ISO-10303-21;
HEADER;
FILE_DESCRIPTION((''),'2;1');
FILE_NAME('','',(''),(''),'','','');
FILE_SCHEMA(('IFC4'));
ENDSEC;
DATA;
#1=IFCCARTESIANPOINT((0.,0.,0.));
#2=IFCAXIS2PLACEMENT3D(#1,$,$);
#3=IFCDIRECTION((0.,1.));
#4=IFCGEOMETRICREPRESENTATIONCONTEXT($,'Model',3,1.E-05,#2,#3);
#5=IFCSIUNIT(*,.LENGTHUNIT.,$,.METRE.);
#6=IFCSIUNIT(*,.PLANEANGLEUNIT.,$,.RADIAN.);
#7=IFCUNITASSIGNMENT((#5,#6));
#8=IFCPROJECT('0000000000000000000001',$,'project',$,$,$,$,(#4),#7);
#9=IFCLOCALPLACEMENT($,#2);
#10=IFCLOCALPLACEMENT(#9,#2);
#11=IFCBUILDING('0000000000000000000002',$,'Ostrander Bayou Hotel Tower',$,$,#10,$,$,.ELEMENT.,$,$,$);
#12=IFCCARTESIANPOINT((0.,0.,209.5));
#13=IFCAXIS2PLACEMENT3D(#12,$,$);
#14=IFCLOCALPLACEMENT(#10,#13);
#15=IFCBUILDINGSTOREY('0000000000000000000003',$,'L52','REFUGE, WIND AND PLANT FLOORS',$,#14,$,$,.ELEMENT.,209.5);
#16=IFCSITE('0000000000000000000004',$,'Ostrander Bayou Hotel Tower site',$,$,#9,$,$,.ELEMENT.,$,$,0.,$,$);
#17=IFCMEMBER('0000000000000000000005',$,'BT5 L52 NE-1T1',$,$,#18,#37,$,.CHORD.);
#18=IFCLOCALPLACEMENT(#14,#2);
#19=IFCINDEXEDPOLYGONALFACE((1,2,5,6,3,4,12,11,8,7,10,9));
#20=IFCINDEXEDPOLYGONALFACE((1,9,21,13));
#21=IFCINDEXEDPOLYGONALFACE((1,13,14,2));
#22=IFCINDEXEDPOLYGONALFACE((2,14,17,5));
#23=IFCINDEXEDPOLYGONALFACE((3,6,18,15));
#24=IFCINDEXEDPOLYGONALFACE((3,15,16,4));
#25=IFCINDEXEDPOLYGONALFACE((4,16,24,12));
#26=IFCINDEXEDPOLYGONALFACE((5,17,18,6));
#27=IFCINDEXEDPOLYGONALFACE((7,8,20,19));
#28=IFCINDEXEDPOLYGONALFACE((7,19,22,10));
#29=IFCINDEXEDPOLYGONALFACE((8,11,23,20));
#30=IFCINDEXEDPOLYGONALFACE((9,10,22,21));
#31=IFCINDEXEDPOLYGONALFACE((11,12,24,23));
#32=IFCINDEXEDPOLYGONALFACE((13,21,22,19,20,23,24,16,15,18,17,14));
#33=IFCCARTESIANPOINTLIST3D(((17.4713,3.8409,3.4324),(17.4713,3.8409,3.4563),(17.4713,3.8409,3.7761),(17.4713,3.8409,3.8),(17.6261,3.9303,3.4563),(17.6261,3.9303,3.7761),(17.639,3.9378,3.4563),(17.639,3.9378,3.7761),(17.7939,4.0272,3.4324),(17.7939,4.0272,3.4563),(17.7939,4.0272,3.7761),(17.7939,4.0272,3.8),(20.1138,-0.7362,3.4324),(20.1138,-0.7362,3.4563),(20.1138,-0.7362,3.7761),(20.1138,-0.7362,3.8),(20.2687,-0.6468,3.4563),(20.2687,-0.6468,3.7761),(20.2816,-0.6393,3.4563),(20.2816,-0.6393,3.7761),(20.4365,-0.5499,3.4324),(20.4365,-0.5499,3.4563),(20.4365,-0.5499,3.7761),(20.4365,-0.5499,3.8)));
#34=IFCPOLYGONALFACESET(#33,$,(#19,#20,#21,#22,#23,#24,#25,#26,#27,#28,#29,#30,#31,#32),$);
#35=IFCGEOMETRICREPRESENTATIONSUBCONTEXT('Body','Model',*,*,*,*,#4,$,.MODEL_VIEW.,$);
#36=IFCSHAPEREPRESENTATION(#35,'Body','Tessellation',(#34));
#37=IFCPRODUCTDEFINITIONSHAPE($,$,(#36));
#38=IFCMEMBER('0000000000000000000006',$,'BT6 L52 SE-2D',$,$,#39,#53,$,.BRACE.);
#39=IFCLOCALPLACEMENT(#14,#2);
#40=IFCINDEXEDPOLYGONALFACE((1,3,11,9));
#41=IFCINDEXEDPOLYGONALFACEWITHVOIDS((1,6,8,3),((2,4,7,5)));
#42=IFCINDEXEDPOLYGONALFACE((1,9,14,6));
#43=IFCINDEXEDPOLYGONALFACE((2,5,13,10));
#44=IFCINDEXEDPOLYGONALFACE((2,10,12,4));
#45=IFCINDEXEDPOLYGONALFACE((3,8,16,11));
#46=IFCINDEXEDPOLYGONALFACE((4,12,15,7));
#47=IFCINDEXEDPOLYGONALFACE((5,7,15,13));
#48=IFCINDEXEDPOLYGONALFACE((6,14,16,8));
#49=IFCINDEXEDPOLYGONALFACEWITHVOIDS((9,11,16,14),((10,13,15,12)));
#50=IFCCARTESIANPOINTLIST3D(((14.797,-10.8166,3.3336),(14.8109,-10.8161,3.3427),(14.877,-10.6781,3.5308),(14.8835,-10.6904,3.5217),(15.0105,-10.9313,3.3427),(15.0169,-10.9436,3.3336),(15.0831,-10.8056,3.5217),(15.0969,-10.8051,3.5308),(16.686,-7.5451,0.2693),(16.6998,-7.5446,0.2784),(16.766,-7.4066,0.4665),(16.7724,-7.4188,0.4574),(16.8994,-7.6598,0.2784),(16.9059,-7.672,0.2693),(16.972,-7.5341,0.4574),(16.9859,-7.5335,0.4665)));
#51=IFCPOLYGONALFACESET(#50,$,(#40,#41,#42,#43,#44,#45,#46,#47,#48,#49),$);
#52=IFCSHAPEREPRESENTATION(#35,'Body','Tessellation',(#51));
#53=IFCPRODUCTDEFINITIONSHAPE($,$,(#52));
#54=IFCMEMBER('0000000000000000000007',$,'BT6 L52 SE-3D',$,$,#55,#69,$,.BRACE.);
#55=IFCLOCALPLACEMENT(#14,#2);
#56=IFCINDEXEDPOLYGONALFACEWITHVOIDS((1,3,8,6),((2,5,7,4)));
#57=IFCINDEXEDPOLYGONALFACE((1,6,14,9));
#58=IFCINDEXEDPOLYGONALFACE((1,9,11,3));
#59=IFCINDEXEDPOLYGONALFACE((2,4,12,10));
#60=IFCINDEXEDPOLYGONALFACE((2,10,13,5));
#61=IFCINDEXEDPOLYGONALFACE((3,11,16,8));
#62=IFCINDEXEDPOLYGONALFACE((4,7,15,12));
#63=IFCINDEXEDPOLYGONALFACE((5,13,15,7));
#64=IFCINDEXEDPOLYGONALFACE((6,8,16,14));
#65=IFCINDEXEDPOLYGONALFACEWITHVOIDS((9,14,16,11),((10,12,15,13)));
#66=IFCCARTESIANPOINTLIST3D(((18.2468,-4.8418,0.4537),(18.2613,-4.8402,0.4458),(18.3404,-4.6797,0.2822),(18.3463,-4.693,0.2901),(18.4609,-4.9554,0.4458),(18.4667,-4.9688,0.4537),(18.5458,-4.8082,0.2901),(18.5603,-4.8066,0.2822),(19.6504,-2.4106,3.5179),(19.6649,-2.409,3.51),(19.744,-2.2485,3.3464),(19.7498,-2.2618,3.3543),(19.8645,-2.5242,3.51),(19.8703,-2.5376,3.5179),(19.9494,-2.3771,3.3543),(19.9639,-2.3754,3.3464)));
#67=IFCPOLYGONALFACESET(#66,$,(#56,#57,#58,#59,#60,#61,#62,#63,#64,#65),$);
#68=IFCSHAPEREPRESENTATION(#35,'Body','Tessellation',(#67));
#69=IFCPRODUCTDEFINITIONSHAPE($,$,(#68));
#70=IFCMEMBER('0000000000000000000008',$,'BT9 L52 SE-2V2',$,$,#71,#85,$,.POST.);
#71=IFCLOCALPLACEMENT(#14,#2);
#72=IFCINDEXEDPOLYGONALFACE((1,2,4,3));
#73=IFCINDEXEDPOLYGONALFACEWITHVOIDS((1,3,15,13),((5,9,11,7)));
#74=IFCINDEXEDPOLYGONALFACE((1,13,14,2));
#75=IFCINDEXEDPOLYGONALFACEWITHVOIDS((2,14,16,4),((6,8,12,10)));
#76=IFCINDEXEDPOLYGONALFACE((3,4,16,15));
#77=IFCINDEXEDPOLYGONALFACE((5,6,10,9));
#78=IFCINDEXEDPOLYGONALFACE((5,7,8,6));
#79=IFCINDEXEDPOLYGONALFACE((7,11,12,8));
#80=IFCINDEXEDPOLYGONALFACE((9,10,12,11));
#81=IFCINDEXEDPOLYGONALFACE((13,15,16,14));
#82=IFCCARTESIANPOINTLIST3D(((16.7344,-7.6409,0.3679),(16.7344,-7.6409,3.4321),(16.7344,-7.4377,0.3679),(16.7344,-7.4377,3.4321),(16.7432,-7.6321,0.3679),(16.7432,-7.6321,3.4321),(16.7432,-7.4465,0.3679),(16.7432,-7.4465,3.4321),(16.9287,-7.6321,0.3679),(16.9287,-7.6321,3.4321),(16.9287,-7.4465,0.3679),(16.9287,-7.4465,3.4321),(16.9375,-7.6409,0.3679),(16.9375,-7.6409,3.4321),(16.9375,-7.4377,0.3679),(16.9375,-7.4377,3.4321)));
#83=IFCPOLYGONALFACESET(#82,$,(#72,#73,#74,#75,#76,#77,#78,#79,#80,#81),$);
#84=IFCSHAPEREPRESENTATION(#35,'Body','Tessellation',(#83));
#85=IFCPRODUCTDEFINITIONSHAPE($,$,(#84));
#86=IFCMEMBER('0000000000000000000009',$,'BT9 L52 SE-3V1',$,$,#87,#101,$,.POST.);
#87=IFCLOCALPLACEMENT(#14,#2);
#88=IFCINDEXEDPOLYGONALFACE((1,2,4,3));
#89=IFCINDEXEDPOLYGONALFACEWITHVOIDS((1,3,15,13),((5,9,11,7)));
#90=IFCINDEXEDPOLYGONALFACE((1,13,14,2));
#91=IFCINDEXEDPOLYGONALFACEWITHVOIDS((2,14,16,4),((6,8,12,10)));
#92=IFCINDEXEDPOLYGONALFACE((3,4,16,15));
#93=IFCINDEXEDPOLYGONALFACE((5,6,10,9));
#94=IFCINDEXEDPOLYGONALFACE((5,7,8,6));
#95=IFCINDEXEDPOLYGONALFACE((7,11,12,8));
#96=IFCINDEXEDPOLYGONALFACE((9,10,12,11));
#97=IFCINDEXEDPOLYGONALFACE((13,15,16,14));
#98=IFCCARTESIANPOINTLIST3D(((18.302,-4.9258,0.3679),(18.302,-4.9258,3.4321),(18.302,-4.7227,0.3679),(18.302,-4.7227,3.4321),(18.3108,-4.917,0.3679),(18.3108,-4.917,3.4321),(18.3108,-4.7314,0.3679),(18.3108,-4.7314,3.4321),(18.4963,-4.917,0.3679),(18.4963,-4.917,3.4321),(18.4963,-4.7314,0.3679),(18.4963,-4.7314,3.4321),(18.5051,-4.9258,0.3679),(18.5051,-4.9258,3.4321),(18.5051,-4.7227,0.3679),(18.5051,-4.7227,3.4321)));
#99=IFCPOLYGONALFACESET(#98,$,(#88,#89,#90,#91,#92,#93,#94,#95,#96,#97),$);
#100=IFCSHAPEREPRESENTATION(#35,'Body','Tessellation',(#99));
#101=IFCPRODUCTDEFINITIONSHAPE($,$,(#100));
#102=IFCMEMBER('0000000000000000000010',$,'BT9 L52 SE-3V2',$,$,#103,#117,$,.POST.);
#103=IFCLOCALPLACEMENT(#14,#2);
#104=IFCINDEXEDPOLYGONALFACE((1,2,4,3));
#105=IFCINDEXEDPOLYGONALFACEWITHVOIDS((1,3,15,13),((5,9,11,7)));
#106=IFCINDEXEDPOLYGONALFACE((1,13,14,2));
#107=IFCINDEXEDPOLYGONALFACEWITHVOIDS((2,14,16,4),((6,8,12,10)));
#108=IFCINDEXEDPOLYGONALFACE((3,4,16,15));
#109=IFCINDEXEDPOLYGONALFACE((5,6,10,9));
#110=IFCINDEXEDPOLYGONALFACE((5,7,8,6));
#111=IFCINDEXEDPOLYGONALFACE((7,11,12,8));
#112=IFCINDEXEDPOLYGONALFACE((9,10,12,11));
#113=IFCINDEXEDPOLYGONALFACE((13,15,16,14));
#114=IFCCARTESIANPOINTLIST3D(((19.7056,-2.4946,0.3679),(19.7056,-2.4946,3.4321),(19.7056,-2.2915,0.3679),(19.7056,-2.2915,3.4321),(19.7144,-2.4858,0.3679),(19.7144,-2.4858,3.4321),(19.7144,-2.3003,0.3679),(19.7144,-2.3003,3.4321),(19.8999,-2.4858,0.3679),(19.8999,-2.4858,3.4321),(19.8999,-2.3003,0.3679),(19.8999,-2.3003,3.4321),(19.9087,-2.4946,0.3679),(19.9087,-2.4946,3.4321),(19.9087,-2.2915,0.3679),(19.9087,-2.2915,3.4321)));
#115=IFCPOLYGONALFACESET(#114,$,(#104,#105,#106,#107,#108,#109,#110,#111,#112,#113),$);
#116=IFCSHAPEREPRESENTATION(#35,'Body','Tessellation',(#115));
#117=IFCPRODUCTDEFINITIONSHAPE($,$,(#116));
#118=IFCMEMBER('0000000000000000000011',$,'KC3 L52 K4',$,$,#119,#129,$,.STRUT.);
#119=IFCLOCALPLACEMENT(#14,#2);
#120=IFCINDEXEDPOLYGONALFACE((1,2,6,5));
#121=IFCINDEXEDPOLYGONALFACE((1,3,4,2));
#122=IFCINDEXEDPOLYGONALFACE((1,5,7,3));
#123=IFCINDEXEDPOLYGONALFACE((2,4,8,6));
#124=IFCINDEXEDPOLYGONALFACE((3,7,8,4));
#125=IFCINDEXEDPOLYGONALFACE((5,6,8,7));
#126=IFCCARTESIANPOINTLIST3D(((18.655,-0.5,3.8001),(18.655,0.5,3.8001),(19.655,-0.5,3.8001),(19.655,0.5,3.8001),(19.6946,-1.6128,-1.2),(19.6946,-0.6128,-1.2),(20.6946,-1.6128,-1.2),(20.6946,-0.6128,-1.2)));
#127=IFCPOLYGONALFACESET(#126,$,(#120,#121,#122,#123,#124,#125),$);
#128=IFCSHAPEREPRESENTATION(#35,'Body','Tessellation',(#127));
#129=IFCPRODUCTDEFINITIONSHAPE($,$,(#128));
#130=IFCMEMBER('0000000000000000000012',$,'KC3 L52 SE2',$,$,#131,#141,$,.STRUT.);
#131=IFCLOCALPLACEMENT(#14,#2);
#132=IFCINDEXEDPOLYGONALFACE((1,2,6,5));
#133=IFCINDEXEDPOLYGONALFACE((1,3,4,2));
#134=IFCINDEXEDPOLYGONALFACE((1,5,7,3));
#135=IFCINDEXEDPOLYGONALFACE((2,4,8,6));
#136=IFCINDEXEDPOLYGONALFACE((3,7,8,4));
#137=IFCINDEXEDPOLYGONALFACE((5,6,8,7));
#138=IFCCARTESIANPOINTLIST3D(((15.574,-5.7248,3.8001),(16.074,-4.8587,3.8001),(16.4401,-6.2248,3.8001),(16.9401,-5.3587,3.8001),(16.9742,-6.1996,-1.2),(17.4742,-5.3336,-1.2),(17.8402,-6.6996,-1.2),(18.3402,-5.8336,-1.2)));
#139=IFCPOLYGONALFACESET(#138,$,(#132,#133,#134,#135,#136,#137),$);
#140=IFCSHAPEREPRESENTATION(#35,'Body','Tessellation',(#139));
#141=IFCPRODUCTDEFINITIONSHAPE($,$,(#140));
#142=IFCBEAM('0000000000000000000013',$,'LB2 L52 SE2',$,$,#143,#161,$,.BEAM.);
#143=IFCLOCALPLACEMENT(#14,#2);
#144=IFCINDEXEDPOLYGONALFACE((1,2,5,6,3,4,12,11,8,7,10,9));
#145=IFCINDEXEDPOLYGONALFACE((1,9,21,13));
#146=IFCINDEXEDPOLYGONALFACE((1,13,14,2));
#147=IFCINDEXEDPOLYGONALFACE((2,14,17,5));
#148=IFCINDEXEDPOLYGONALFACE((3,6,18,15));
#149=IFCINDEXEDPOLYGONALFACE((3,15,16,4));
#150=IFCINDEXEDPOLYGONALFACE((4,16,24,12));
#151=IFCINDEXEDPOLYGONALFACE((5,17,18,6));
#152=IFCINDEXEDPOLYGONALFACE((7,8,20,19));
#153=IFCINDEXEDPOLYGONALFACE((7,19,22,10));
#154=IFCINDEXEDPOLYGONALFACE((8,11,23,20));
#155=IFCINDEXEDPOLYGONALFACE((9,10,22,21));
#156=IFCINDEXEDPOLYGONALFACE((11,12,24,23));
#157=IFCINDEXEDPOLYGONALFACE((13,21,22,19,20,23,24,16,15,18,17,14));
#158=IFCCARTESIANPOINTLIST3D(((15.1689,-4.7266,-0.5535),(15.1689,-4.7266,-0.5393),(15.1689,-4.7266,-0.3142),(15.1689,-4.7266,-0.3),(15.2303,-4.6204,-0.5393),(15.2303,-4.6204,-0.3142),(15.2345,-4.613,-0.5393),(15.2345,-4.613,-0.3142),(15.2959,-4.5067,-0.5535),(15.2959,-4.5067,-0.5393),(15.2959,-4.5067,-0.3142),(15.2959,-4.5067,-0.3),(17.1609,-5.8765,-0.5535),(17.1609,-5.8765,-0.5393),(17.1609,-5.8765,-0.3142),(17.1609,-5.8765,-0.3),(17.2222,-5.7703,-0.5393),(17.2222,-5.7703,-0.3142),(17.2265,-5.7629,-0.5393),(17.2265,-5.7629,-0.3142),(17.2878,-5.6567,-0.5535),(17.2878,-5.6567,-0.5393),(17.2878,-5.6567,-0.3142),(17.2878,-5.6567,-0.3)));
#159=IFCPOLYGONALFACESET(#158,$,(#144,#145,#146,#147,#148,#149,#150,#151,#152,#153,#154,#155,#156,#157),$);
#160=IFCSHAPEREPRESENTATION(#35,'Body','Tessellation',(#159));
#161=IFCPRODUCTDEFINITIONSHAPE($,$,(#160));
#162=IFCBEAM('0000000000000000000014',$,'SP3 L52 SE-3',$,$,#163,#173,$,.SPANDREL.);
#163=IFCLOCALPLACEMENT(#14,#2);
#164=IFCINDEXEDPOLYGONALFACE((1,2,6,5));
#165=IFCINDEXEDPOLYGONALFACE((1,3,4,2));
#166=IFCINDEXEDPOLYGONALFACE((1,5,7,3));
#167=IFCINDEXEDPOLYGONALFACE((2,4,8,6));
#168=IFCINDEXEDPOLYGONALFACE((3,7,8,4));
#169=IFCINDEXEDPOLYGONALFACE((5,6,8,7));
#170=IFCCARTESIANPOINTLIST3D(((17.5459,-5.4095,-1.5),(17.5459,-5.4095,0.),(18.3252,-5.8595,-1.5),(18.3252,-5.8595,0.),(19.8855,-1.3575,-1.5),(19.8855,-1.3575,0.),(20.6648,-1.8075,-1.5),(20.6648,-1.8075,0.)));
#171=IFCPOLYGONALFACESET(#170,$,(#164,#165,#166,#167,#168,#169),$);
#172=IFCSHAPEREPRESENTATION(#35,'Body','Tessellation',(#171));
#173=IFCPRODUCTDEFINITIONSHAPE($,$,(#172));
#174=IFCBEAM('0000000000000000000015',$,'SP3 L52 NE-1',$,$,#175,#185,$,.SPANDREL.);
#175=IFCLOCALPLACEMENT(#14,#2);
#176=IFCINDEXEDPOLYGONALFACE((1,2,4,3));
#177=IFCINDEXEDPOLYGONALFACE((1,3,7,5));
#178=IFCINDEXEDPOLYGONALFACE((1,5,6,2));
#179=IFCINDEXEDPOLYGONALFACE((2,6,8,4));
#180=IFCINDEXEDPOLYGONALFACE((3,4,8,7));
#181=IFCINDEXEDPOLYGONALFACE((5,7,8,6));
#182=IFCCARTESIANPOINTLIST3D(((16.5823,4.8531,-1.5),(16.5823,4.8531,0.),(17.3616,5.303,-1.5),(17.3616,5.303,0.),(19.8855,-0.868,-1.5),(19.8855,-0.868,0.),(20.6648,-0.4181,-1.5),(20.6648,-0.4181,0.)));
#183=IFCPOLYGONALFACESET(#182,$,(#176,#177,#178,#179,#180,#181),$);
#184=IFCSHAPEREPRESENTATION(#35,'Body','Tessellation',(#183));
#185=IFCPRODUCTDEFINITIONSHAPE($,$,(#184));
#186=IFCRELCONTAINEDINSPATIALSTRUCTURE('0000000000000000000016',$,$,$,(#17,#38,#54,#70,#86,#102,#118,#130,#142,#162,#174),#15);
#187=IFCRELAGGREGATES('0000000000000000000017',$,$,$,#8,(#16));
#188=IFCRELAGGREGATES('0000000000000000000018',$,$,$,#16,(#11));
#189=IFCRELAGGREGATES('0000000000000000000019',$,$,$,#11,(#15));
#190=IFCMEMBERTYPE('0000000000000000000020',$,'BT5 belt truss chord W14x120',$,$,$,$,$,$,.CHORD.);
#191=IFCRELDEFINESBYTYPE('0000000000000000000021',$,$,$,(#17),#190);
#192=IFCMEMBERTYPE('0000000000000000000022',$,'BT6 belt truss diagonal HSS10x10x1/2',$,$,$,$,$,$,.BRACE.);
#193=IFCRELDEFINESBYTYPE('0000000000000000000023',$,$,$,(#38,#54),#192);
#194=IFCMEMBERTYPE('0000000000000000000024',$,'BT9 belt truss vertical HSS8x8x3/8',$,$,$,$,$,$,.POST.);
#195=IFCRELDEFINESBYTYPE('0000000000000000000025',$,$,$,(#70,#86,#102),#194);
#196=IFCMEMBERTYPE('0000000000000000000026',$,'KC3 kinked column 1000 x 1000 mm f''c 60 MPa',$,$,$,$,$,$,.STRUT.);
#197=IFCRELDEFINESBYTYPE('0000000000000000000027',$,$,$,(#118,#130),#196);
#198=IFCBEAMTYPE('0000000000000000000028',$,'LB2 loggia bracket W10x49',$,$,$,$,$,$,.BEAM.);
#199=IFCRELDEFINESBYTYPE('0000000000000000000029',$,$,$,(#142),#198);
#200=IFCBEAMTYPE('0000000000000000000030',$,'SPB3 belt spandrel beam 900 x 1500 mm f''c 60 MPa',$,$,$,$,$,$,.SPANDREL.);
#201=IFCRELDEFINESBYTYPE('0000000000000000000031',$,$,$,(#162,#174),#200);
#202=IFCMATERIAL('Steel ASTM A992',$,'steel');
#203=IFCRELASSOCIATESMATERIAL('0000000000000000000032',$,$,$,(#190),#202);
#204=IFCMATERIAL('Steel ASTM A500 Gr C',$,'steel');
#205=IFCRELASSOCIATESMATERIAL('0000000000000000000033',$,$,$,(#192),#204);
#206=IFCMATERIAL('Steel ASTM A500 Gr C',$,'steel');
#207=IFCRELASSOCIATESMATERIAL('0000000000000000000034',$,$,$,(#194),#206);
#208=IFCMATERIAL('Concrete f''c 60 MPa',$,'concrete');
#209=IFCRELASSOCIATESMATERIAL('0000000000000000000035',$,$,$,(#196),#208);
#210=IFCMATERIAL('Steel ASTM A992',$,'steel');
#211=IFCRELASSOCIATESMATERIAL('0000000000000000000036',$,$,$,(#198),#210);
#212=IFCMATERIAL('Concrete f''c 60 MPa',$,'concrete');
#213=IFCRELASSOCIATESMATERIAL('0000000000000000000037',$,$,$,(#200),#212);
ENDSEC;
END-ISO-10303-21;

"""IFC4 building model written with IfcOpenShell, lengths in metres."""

from ifc_helpers import new_model, si_unit, direction, frame, origin, origin_2d, place, context, subcontext, project, spatial, rectangle, hollow_rectangle, i_section, extrude, material, material_profile, profile_set, type_object, element, save


model = new_model("IFC4")

# Units and contexts
model_context = context("Model", 3, precision=1e-05, world=origin(), true_north=direction((0.0, 1.0)))
body_context = subcontext(model_context, "Body", "Model", "MODEL_VIEW")
ifc_project = project(units=[si_unit("LENGTHUNIT", "METRE"), si_unit("PLANEANGLEUNIT", "RADIAN")], contexts=[model_context])

# Site, building, storey
site_placement = place(None, origin())
site = spatial("IfcSite", under=ifc_project, at=site_placement, Name="Ostrander Bayou Hotel Tower site", CompositionType="ELEMENT", RefElevation=0.0)
building_placement = place(site_placement, origin())
building = spatial("IfcBuilding", under=site, at=building_placement, Name="Ostrander Bayou Hotel Tower", CompositionType="ELEMENT")
storey_placement = place(building_placement, frame((0.0, 0.0, 209.5)))
storey = spatial("IfcBuildingStorey", under=building, at=storey_placement, Name="L52", Description="REFUGE, WIND AND PLANT FLOORS", CompositionType="ELEMENT", Elevation=209.5)

# Members
ifc_material_1 = material(Name="Steel ASTM A992", Category="steel")
ifc_material_profile_1 = material_profile(ifc_material_1, i_section(OverallWidth=0.3726, OverallDepth=0.3677, WebThickness=0.0149, FlangeThickness=0.0239, at=origin_2d()))
ifc_profile_set_1 = profile_set([ifc_material_profile_1], Name="Steel ASTM A992")
member_type_1 = type_object("IfcMemberType", Name="BT5 belt truss chord W14x120", PredefinedType="CHORD", material=ifc_profile_set_1)
member_1_placement = place(storey_placement, frame((20.2751, -0.6431, 3.6162), z_axis=(-0.499994, 0.866029, 0.0), x_axis=(-0.866029, -0.499994, 0.0)))
element("IfcMember", 1, at=member_1_placement, inside=storey, type_object=member_type_1, Name="BT5 L52 NE-1T1", PredefinedType="CHORD", context=body_context, shape_type="SweptSolid", body=[
    extrude(i_section(OverallWidth=0.3726, OverallDepth=0.3677, WebThickness=0.0149, FlangeThickness=0.0239, at=origin_2d()), origin(), (0.0, 0.0, 1.0), 5.2852),
])
ifc_material_2 = material(Name="Steel ASTM A500 Gr C", Category="steel")
ifc_material_profile_2 = material_profile(ifc_material_2, hollow_rectangle(XDim=0.2539, YDim=0.2539, WallThickness=0.0117, at=origin_2d()))
ifc_profile_set_2 = profile_set([ifc_material_profile_2], Name="Steel ASTM A500 Gr C")
member_type_2 = type_object("IfcMemberType", Name="BT6 belt truss diagonal HSS10x10x1/2", PredefinedType="BRACE", material=ifc_profile_set_2)
member_2_placement = place(storey_placement, frame((16.8359, -7.5393, 0.3679), z_axis=(-0.388334, -0.67257, 0.629957), x_axis=(0.866011, -0.500025, 0.0)))
element("IfcMember", 2, at=member_2_placement, inside=storey, type_object=member_type_2, Name="BT6 L52 SE-2D", PredefinedType="BRACE", context=body_context, shape_type="SweptSolid", body=[
    extrude(hollow_rectangle(XDim=0.2539, YDim=0.2539, WallThickness=0.0117, at=origin_2d()), origin(), (0.0, 0.0, 1.0), 4.8643),
])
member_3_placement = place(storey_placement, frame((18.4036, -4.8242, 0.3679), z_axis=(0.337744, 0.585016, 0.73735), x_axis=(-0.866035, 0.499983, 0.0)))
element("IfcMember", 3, at=member_3_placement, inside=storey, type_object=member_type_2, Name="BT6 L52 SE-3D", PredefinedType="BRACE", context=body_context, shape_type="SweptSolid", body=[
    extrude(hollow_rectangle(XDim=0.2539, YDim=0.2539, WallThickness=0.0117, at=origin_2d()), origin(), (0.0, 0.0, 1.0), 4.1558),
])
ifc_material_3 = material(Name="Steel ASTM A500 Gr C", Category="steel")
ifc_material_profile_3 = material_profile(ifc_material_3, hollow_rectangle(XDim=0.2031, YDim=0.2031, WallThickness=0.0088, at=origin_2d()))
ifc_profile_set_3 = profile_set([ifc_material_profile_3], Name="Steel ASTM A500 Gr C")
member_type_3 = type_object("IfcMemberType", Name="BT9 belt truss vertical HSS8x8x3/8", PredefinedType="POST", material=ifc_profile_set_3)
for number, where, z_axis, x_axis, name in (
    (4, (16.8359, -7.5393, 0.3679), (0.0, 0.0, 1.0), (1.0, 0.0, 0.0), "BT9 L52 SE-2V2"),
    (5, (18.4036, -4.8242, 0.3679), (0.0, 0.0, 1.0), (1.0, 0.0, 0.0), "BT9 L52 SE-3V1"),
    (6, (19.8071, -2.3931, 0.3679), (0.0, 0.0, 1.0), (1.0, 0.0, 0.0), "BT9 L52 SE-3V2"),
):
    element("IfcMember", number, at=place(storey_placement, frame(where, z_axis=z_axis, x_axis=x_axis)), inside=storey, type_object=member_type_3, Name=name, PredefinedType="POST", context=body_context, shape_type="SweptSolid", body=[
        extrude(hollow_rectangle(XDim=0.2031, YDim=0.2031, WallThickness=0.0088, at=origin_2d()), origin(), (0.0, 0.0, 1.0), 3.0642),
    ])
ifc_material_4 = material(Name="Concrete f'c 60 MPa", Category="concrete")
ifc_material_profile_4 = material_profile(ifc_material_4, rectangle(XDim=1.0, YDim=1.0, at=origin_2d()))
ifc_profile_set_4 = profile_set([ifc_material_profile_4], Name="Concrete f'c 60 MPa")
member_type_4 = type_object("IfcMemberType", Name="KC3 kinked column 1000 x 1000 mm f'c 60 MPa", PredefinedType="STRUT", material=ifc_profile_set_4)
member_4_placement = place(storey_placement, frame((20.1946, -1.1128, -1.2), z_axis=(0.0, 0.0, 1.0), x_axis=(1.0, 0.0, 0.0)))
element("IfcMember", 7, at=member_4_placement, inside=storey, type_object=member_type_4, Name="KC3 L52 K4", PredefinedType="STRUT", context=body_context, shape_type="SweptSolid", body=[
    extrude(rectangle(XDim=1.0, YDim=1.0, at=origin_2d()), origin(), (-0.19889, 0.212903, 0.956616), 5.2268),
])
member_5_placement = place(storey_placement, frame((17.6572, -6.0166, -1.2), z_axis=(0.0, 0.0, 1.0), x_axis=(-0.5, -0.866025, 0.0)))
element("IfcMember", 8, at=member_5_placement, inside=storey, type_object=member_type_4, Name="KC3 L52 SE2", PredefinedType="STRUT", context=body_context, shape_type="SweptSolid", body=[
    extrude(rectangle(XDim=1.0, YDim=1.0, at=origin_2d()), origin(), (0.055397, -0.278095, 0.958955), 5.2141),
])

# Beams
ifc_material_5 = material(Name="Steel ASTM A992", Category="steel")
ifc_material_profile_5 = material_profile(ifc_material_5, i_section(OverallWidth=0.2539, OverallDepth=0.2534, WebThickness=0.0085, FlangeThickness=0.0142, at=origin_2d()))
ifc_profile_set_5 = profile_set([ifc_material_profile_5], Name="Steel ASTM A992")
beam_type_1 = type_object("IfcBeamType", Name="LB2 loggia bracket W10x49", PredefinedType="BEAM", material=ifc_profile_set_5)
beam_1_placement = place(storey_placement, frame((17.2244, -5.7666, -0.4268), z_axis=(-0.866053, 0.499952, 0.0), x_axis=(-0.499952, -0.866053, 0.0)))
element("IfcBeam", 9, at=beam_1_placement, inside=storey, type_object=beam_type_1, Name="LB2 L52 SE2", PredefinedType="BEAM", context=body_context, shape_type="SweptSolid", body=[
    extrude(i_section(OverallWidth=0.2539, OverallDepth=0.2534, WebThickness=0.0085, FlangeThickness=0.0142, at=origin_2d()), origin(), (0.0, 0.0, 1.0), 2.3),
])
ifc_material_6 = material(Name="Concrete f'c 60 MPa", Category="concrete")
ifc_material_profile_6 = material_profile(ifc_material_6, rectangle(XDim=0.8999, YDim=1.5, at=origin_2d()))
ifc_profile_set_6 = profile_set([ifc_material_profile_6], Name="Concrete f'c 60 MPa")
beam_type_2 = type_object("IfcBeamType", Name="SPB3 belt spandrel beam 900 x 1500 mm f'c 60 MPa", PredefinedType="SPANDREL", material=ifc_profile_set_6)
beam_2_placement = place(storey_placement, frame((17.9355, -5.6345, -0.75), z_axis=(0.500028, 0.866009, 0.0), x_axis=(-0.866009, 0.500028, 0.0)))
element("IfcBeam", 10, at=beam_2_placement, inside=storey, type_object=beam_type_2, Name="SP3 L52 SE-3", PredefinedType="SPANDREL", context=body_context, shape_type="SweptSolid", body=[
    extrude(rectangle(XDim=0.8999, YDim=1.5, at=origin_2d()), origin(), (0.0, 0.0, 1.0), 4.679),
])
beam_3_placement = place(storey_placement, frame((20.2751, -0.6431, -0.75), z_axis=(-0.50001, 0.866019, 0.0), x_axis=(-0.866019, -0.50001, 0.0)))
element("IfcBeam", 11, at=beam_3_placement, inside=storey, type_object=beam_type_2, Name="SP3 L52 NE-1", PredefinedType="SPANDREL", context=body_context, shape_type="SweptSolid", body=[
    extrude(rectangle(XDim=0.8999, YDim=1.5, at=origin_2d()), origin(), (0.0, 0.0, 1.0), 6.6062),
])

save(model, "model.ifc")
